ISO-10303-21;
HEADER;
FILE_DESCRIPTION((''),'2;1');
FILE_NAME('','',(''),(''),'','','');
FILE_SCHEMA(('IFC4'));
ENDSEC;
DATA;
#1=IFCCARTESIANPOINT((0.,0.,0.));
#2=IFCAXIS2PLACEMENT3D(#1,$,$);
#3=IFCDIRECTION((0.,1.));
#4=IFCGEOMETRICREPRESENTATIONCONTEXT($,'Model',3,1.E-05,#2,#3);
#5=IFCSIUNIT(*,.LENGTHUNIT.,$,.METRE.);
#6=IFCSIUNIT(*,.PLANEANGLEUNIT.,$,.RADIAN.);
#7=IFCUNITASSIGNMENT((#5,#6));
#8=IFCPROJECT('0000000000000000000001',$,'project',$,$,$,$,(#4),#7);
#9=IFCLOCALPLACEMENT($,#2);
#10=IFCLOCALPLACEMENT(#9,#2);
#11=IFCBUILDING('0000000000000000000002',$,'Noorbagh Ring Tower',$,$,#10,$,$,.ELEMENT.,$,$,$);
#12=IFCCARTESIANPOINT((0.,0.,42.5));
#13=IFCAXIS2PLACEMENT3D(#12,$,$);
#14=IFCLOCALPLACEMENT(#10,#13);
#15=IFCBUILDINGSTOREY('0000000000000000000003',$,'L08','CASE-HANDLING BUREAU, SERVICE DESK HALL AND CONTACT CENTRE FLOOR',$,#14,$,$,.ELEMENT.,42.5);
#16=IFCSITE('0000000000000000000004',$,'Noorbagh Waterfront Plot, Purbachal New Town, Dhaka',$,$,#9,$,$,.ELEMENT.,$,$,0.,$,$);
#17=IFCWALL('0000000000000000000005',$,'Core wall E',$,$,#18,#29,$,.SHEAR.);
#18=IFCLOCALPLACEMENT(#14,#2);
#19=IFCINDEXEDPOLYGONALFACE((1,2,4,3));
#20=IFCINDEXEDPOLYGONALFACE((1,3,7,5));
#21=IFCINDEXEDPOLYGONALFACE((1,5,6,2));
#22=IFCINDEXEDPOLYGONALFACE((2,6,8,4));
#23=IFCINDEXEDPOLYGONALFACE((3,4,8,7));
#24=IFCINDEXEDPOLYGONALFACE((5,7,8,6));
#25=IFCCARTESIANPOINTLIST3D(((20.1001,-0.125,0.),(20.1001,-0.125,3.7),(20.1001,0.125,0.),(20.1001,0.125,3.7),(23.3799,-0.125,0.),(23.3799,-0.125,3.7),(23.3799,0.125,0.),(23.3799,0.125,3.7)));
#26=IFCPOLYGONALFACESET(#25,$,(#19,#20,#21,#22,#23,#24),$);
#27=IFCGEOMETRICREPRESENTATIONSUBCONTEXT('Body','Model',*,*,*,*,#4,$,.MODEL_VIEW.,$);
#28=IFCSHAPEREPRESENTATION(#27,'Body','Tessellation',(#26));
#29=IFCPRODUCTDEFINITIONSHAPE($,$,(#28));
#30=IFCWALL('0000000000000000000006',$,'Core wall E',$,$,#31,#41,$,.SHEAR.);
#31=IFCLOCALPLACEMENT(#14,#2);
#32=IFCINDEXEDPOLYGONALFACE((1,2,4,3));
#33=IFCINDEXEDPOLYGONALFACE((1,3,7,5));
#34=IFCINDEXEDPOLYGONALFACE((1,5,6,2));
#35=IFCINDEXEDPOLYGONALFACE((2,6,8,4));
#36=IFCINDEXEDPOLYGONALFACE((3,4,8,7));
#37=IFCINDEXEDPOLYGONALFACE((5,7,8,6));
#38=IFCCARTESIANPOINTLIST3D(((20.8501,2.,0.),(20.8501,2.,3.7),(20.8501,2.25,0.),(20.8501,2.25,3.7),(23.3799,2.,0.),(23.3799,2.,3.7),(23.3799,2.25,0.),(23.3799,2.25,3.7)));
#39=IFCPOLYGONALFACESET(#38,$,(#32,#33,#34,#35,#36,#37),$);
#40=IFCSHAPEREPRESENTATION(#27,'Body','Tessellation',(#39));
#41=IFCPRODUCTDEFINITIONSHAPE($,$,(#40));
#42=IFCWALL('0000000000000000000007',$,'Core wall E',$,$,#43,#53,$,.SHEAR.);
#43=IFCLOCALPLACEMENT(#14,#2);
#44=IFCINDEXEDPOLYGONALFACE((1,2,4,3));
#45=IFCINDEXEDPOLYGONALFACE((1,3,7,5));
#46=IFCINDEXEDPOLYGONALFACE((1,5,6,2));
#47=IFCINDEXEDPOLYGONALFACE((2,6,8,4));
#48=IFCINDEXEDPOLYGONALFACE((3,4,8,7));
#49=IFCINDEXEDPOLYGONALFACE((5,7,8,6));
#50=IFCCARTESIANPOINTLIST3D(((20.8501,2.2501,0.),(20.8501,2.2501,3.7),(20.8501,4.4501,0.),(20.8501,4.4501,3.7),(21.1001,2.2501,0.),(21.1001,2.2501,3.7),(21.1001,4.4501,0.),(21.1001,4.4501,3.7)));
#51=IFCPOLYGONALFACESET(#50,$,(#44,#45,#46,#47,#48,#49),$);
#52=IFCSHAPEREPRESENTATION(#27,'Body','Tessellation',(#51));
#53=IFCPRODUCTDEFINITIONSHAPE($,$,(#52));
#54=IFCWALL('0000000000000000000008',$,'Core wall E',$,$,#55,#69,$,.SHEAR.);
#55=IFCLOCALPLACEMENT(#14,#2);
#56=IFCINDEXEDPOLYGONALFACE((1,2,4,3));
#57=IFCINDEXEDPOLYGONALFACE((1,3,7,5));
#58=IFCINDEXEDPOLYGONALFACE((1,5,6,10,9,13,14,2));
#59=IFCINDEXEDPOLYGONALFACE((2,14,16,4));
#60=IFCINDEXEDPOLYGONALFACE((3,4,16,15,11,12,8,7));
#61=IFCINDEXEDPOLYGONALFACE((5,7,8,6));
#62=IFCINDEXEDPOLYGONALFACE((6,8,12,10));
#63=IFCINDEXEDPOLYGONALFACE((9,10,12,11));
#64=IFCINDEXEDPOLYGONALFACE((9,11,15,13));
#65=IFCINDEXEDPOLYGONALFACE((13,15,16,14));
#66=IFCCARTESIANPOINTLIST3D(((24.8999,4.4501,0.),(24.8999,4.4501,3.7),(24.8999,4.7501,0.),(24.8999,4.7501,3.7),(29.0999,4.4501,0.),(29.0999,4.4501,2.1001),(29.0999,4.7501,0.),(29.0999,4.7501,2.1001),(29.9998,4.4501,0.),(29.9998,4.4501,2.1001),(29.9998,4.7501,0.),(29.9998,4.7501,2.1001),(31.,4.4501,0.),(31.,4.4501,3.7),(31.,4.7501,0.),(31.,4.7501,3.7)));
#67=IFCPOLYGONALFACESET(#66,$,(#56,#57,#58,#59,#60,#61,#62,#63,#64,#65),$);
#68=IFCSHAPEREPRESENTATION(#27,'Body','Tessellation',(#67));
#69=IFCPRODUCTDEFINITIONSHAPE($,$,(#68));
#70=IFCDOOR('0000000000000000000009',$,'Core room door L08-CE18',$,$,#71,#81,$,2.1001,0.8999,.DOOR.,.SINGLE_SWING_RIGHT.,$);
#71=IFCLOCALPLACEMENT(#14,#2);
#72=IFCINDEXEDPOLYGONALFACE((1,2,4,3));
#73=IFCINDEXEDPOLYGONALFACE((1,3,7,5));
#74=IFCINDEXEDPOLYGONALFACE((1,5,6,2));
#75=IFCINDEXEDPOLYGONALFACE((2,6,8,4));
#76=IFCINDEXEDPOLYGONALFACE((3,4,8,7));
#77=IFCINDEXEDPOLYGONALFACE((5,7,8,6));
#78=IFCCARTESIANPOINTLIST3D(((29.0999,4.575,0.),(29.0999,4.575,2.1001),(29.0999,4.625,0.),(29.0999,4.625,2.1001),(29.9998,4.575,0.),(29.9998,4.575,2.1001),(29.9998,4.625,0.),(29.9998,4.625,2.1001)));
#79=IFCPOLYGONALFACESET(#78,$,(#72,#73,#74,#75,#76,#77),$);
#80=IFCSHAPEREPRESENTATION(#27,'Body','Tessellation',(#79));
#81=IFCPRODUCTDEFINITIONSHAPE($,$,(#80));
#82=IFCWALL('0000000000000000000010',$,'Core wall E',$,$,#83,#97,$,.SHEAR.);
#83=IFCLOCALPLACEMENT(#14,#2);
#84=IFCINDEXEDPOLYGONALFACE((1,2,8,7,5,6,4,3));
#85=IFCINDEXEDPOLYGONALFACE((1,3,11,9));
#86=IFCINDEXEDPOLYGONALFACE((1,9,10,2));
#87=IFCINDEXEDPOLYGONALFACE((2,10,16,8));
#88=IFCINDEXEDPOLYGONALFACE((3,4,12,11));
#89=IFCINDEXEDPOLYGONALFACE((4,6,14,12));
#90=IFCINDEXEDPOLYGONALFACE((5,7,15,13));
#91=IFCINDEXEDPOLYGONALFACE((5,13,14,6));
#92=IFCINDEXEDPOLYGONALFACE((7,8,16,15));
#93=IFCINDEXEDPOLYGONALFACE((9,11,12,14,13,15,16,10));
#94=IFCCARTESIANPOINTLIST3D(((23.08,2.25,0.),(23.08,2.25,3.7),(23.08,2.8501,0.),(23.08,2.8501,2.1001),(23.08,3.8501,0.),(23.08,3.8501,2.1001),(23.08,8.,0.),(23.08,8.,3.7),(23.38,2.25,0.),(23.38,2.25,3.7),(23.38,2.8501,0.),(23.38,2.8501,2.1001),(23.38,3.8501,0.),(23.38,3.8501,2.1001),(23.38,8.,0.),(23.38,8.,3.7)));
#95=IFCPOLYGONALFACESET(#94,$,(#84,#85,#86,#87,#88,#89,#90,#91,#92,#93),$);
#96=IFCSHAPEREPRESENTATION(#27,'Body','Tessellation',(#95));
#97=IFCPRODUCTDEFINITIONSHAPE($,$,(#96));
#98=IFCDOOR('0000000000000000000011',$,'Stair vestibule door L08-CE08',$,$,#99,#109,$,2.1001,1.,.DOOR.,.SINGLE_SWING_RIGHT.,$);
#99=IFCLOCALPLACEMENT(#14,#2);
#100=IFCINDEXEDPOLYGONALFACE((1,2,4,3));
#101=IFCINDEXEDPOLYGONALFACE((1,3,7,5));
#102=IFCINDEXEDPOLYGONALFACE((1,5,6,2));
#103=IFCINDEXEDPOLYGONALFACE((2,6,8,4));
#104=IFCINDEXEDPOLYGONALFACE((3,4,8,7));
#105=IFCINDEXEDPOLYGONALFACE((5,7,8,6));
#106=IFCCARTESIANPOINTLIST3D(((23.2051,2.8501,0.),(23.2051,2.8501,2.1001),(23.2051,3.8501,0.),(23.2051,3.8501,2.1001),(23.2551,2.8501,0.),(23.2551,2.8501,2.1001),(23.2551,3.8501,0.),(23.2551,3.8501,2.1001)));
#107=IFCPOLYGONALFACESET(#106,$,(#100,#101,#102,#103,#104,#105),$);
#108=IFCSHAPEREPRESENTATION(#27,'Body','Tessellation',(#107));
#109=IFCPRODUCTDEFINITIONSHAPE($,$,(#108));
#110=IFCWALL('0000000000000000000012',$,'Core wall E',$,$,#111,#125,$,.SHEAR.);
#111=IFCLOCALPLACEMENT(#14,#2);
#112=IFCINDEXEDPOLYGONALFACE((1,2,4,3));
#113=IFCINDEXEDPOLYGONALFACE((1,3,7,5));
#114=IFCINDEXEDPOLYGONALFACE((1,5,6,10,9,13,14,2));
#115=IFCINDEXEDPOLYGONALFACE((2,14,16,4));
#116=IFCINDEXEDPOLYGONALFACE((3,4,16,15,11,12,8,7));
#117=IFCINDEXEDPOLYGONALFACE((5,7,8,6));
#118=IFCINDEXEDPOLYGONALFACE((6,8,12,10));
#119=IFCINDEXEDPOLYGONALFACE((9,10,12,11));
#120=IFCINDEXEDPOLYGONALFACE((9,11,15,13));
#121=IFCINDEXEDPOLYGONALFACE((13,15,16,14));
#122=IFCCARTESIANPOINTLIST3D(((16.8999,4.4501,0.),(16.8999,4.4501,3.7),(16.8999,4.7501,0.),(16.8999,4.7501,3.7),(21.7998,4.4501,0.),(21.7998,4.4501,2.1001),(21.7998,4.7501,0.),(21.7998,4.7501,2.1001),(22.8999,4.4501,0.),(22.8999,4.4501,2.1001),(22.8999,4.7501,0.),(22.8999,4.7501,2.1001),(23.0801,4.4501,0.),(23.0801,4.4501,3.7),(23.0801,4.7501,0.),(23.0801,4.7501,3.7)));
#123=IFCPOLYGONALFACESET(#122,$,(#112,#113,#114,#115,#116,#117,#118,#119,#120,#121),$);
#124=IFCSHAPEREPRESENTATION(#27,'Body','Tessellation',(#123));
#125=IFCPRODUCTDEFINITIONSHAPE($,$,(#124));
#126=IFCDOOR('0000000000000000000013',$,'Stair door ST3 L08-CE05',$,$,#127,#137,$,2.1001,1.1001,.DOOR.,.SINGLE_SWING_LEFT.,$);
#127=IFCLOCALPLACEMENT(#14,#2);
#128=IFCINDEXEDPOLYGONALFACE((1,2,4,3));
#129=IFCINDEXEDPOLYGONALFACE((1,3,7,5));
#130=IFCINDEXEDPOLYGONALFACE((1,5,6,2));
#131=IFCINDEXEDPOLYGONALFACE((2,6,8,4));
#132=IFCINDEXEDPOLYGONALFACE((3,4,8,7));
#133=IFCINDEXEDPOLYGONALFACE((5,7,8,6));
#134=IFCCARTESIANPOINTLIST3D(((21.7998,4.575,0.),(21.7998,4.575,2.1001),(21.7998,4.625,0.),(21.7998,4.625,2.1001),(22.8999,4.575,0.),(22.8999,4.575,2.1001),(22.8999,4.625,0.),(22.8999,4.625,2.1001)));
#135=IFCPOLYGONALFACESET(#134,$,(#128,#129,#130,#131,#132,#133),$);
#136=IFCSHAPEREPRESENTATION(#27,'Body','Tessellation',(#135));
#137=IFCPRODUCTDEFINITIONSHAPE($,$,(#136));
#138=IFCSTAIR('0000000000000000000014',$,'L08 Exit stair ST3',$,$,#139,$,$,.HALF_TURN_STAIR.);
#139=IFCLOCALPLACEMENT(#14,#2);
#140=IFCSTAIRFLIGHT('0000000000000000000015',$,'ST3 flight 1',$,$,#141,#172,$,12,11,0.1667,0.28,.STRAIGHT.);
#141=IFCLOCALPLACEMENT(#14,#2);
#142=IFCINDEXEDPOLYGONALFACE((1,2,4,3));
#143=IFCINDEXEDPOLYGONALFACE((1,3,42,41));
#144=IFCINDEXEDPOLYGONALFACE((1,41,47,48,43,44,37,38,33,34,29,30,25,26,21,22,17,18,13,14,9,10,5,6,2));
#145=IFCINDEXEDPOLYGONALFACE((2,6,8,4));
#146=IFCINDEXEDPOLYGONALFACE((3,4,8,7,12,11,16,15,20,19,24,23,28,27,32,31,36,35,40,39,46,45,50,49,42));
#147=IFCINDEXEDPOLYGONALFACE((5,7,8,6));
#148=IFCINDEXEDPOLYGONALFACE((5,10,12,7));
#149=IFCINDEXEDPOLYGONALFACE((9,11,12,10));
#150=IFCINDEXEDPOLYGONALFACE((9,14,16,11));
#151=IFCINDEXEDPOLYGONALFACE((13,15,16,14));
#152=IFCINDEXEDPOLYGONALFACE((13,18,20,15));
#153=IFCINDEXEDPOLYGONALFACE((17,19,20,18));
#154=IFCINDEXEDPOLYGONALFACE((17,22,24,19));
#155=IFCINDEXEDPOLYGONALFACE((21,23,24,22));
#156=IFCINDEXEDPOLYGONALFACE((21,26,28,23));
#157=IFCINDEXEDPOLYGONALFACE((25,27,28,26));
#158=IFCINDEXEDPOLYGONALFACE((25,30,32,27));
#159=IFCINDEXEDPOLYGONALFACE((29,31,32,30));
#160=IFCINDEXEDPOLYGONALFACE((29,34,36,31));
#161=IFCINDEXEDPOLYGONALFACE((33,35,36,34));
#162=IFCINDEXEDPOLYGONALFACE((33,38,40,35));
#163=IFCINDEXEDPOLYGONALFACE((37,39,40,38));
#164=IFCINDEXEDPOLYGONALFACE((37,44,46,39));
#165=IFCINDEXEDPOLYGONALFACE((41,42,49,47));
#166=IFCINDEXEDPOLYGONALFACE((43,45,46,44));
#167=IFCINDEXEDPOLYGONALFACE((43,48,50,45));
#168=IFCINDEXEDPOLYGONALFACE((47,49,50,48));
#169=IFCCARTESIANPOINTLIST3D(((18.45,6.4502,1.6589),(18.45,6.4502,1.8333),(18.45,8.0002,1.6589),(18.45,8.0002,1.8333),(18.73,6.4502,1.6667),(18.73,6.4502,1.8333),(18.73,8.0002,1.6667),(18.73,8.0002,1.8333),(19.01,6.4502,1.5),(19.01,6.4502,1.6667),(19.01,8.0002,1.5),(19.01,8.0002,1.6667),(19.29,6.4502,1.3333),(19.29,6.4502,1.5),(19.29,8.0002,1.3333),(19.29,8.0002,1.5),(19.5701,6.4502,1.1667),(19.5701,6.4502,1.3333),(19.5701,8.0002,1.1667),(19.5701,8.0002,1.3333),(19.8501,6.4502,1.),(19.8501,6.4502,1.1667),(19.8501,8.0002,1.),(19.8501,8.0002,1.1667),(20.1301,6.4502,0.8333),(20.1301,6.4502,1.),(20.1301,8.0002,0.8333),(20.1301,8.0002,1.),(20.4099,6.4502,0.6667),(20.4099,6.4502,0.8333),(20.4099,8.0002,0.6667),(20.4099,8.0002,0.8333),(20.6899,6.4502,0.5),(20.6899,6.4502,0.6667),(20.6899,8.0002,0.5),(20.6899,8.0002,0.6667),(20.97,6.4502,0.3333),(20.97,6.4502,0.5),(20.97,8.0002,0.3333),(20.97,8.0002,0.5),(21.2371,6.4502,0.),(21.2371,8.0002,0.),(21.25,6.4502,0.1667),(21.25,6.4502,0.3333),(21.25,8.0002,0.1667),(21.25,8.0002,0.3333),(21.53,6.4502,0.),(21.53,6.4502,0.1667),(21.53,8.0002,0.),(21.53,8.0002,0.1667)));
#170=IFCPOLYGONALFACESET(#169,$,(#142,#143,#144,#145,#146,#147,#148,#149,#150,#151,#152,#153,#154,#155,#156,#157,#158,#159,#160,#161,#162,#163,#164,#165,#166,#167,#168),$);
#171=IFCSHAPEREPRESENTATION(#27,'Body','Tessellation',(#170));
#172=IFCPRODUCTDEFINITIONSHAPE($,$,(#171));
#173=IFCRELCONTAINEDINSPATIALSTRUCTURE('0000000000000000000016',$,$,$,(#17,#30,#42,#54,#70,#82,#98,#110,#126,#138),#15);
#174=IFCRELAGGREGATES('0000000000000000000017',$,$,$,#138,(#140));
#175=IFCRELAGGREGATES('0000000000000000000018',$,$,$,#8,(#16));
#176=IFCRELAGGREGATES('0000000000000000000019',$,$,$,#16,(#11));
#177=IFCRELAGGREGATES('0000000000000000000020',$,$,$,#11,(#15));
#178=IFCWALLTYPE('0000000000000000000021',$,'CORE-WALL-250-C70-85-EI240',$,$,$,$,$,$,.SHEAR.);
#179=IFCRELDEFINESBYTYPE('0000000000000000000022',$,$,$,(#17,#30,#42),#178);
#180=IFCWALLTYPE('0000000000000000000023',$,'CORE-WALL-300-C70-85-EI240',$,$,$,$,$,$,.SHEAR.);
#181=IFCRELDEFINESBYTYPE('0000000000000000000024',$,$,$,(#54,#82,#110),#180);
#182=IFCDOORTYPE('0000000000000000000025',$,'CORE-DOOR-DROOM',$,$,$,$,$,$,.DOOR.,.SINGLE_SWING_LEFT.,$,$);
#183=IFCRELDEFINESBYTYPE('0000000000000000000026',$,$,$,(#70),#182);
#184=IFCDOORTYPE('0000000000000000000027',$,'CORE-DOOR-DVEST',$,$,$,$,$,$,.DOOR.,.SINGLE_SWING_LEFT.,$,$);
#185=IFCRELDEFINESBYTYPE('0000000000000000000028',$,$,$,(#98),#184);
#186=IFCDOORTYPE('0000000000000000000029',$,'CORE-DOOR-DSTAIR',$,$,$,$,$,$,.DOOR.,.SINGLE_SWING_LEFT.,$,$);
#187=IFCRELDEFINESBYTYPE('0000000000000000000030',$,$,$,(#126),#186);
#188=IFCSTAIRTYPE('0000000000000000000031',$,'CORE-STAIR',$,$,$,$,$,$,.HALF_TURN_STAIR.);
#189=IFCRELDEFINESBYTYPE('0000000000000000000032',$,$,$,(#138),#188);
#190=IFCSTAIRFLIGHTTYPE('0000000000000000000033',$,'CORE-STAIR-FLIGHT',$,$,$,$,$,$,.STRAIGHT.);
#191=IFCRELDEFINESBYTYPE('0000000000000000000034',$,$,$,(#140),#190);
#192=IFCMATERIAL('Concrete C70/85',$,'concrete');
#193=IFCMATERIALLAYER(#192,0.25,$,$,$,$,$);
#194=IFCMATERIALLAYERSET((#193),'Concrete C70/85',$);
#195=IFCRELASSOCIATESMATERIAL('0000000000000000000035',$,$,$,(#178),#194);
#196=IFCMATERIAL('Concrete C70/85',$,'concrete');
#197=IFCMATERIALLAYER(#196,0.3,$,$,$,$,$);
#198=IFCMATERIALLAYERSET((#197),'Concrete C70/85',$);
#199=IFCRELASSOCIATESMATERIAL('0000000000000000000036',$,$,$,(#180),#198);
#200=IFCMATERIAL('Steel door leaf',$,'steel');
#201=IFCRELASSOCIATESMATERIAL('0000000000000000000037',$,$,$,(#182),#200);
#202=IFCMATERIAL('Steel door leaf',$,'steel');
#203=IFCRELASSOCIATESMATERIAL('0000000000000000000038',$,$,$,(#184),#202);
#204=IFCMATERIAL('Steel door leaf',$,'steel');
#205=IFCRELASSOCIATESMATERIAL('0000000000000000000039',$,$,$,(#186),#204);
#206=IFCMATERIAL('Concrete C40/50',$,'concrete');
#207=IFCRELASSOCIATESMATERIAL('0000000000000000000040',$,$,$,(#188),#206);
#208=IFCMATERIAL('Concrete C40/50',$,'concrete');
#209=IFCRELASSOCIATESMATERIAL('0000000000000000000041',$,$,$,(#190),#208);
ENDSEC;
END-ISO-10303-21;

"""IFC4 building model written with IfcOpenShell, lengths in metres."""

from ifc_helpers import new_model, si_unit, direction, frame, frame_2d, origin, place, context, subcontext, project, spatial, polyline, rectangle, outline, extrude, material, layer, layer_set, type_object, element, fill, aggregate, save


model = new_model("IFC4")

# Units and contexts
model_context = context("Model", 3, precision=1e-05, world=origin(), true_north=direction((0.0, 1.0)))
body_context = subcontext(model_context, "Body", "Model", "MODEL_VIEW")
ifc_project = project(units=[si_unit("LENGTHUNIT", "METRE"), si_unit("PLANEANGLEUNIT", "RADIAN")], contexts=[model_context])

# Site, building, storey
site_placement = place(None, origin())
site = spatial("IfcSite", under=ifc_project, at=site_placement, Name="Noorbagh Waterfront Plot, Purbachal New Town, Dhaka", CompositionType="ELEMENT", RefElevation=0.0)
building_placement = place(site_placement, origin())
building = spatial("IfcBuilding", under=site, at=building_placement, Name="Noorbagh Ring Tower", CompositionType="ELEMENT")
storey_placement = place(building_placement, frame((0.0, 0.0, 42.5)))
storey = spatial("IfcBuildingStorey", under=building, at=storey_placement, Name="L08", Description="CASE-HANDLING BUREAU, SERVICE DESK HALL AND CONTACT CENTRE FLOOR", CompositionType="ELEMENT", Elevation=42.5)

# Walls
ifc_material_1 = material(Name="Concrete C70/85", Category="concrete")
ifc_layer_1 = layer(ifc_material_1, 0.25)
ifc_layer_set_1 = layer_set([ifc_layer_1], Name="Concrete C70/85")
wall_type_1 = type_object("IfcWallType", Name="CORE-WALL-250-C70-85-EI240", PredefinedType="SHEAR", material=ifc_layer_set_1)
wall_1_placement = place(storey_placement, frame((20.1001, 0.0, 0.0), z_axis=(0.0, 0.0, 1.0), x_axis=(1.0, 0.0, 0.0)))
element("IfcWall", 1, at=wall_1_placement, inside=storey, type_object=wall_type_1, Name="Core wall E", PredefinedType="SHEAR", context=body_context, shape_type="SweptSolid", body=[
    extrude(rectangle(XDim=3.2798, YDim=0.25, at=frame_2d((1.6399, 0.0))), origin(), (0.0, 0.0, 1.0), 3.7),
])
wall_2_placement = place(storey_placement, frame((20.8501, 2.125, 0.0), z_axis=(0.0, 0.0, 1.0), x_axis=(1.0, 0.0, 0.0)))
element("IfcWall", 2, at=wall_2_placement, inside=storey, type_object=wall_type_1, Name="Core wall E", PredefinedType="SHEAR", context=body_context, shape_type="SweptSolid", body=[
    extrude(rectangle(XDim=2.5298, YDim=0.25, at=frame_2d((1.2649, 0.0))), origin(), (0.0, 0.0, 1.0), 3.7),
])
wall_3_placement = place(storey_placement, frame((20.9751, 2.25, 0.0), z_axis=(0.0, 0.0, 1.0), x_axis=(0.0, 1.0, 0.0)))
element("IfcWall", 3, at=wall_3_placement, inside=storey, type_object=wall_type_1, Name="Core wall E", PredefinedType="SHEAR", context=body_context, shape_type="SweptSolid", body=[
    extrude(rectangle(XDim=2.2, YDim=0.25, at=frame_2d((1.1001, 0.0))), origin(), (0.0, 0.0, 1.0), 3.7),
])

# Walls, openings, doors
ifc_material_2 = material(Name="Concrete C70/85", Category="concrete")
ifc_layer_2 = layer(ifc_material_2, 0.3)
ifc_layer_set_2 = layer_set([ifc_layer_2], Name="Concrete C70/85")
wall_type_2 = type_object("IfcWallType", Name="CORE-WALL-300-C70-85-EI240", PredefinedType="SHEAR", material=ifc_layer_set_2)
wall_4_placement = place(storey_placement, frame((24.8999, 4.6001, 0.0), z_axis=(0.0, 0.0, 1.0), x_axis=(1.0, 0.0, 0.0)))
wall_4 = element("IfcWall", 4, at=wall_4_placement, inside=storey, type_object=wall_type_2, Name="Core wall E", PredefinedType="SHEAR", context=body_context, shape_type="SweptSolid", body=[
    extrude(rectangle(XDim=6.1001, YDim=0.3, at=frame_2d((3.05, 0.0))), origin(), (0.0, 0.0, 1.0), 3.7),
])
opening_1_placement = place(wall_4_placement, frame((4.2, 0.0, 0.0)))
opening_1 = element("IfcOpeningElement", 5, at=opening_1_placement, cuts=wall_4, PredefinedType="OPENING", context=body_context, shape_type="SweptSolid", body=[
    extrude(rectangle(XDim=0.8999, YDim=2.1001, at=frame_2d((0.45, 1.05))), frame((0.0, 0.1602, 0.0), z_axis=(0.0, -1.0, 0.0), x_axis=(1.0, 0.0, 0.0)), (0.0, 0.0, 1.0), 0.3201),
])
ifc_material_3 = material(Name="Steel door leaf", Category="steel")
door_type_1 = type_object("IfcDoorType", Name="CORE-DOOR-DROOM", OperationType="SINGLE_SWING_LEFT", PredefinedType="DOOR", material=ifc_material_3)
door_1_placement = place(opening_1_placement, origin())
door_1 = element("IfcDoor", 6, at=door_1_placement, inside=storey, type_object=door_type_1, Name="Core room door L08-CE18", OperationType="SINGLE_SWING_RIGHT", OverallHeight=2.1001, OverallWidth=0.8999, PredefinedType="DOOR", context=body_context, shape_type="SweptSolid", body=[
    extrude(rectangle(XDim=0.8999, YDim=2.1001, at=frame_2d((0.45, 1.05))), frame((0.0, 0.0249, 0.0), z_axis=(0.0, -1.0, 0.0), x_axis=(1.0, 0.0, 0.0)), (0.0, 0.0, 1.0), 0.05),
])
fill(opening_1, door_1)
wall_5_placement = place(storey_placement, frame((23.23, 2.25, 0.0), z_axis=(0.0, 0.0, 1.0), x_axis=(0.0, 1.0, 0.0)))
wall_5 = element("IfcWall", 7, at=wall_5_placement, inside=storey, type_object=wall_type_2, Name="Core wall E", PredefinedType="SHEAR", context=body_context, shape_type="SweptSolid", body=[
    extrude(rectangle(XDim=5.75, YDim=0.3, at=frame_2d((2.875, 0.0))), origin(), (0.0, 0.0, 1.0), 3.7),
])
opening_2_placement = place(wall_5_placement, frame((0.6001, 0.0, 0.0)))
opening_2 = element("IfcOpeningElement", 8, at=opening_2_placement, cuts=wall_5, PredefinedType="OPENING", context=body_context, shape_type="SweptSolid", body=[
    extrude(rectangle(XDim=1.0, YDim=2.1001, at=frame_2d((0.5, 1.05))), frame((0.0, 0.1602, 0.0), z_axis=(0.0, -1.0, 0.0), x_axis=(1.0, 0.0, 0.0)), (0.0, 0.0, 1.0), 0.3201),
])
ifc_material_4 = material(Name="Steel door leaf", Category="steel")
door_type_2 = type_object("IfcDoorType", Name="CORE-DOOR-DVEST", OperationType="SINGLE_SWING_LEFT", PredefinedType="DOOR", material=ifc_material_4)
door_2_placement = place(opening_2_placement, origin())
door_2 = element("IfcDoor", 9, at=door_2_placement, inside=storey, type_object=door_type_2, Name="Stair vestibule door L08-CE08", OperationType="SINGLE_SWING_RIGHT", OverallHeight=2.1001, OverallWidth=1.0, PredefinedType="DOOR", context=body_context, shape_type="SweptSolid", body=[
    extrude(rectangle(XDim=1.0, YDim=2.1001, at=frame_2d((0.5, 1.05))), frame((0.0, 0.0249, 0.0), z_axis=(0.0, -1.0, 0.0), x_axis=(1.0, 0.0, 0.0)), (0.0, 0.0, 1.0), 0.05),
])
fill(opening_2, door_2)
wall_6_placement = place(storey_placement, frame((16.8999, 4.6001, 0.0), z_axis=(0.0, 0.0, 1.0), x_axis=(1.0, 0.0, 0.0)))
wall_6 = element("IfcWall", 10, at=wall_6_placement, inside=storey, type_object=wall_type_2, Name="Core wall E", PredefinedType="SHEAR", context=body_context, shape_type="SweptSolid", body=[
    extrude(rectangle(XDim=6.1802, YDim=0.3, at=frame_2d((3.0901, 0.0))), origin(), (0.0, 0.0, 1.0), 3.7),
])
opening_3_placement = place(wall_6_placement, frame((4.8999, 0.0, 0.0)))
opening_3 = element("IfcOpeningElement", 11, at=opening_3_placement, cuts=wall_6, PredefinedType="OPENING", context=body_context, shape_type="SweptSolid", body=[
    extrude(rectangle(XDim=1.1001, YDim=2.1001, at=frame_2d((0.55, 1.05))), frame((0.0, 0.1602, 0.0), z_axis=(0.0, -1.0, 0.0), x_axis=(1.0, 0.0, 0.0)), (0.0, 0.0, 1.0), 0.3201),
])
ifc_material_5 = material(Name="Steel door leaf", Category="steel")
door_type_3 = type_object("IfcDoorType", Name="CORE-DOOR-DSTAIR", OperationType="SINGLE_SWING_LEFT", PredefinedType="DOOR", material=ifc_material_5)
door_3_placement = place(opening_3_placement, origin())
door_3 = element("IfcDoor", 12, at=door_3_placement, inside=storey, type_object=door_type_3, Name="Stair door ST3 L08-CE05", OperationType="SINGLE_SWING_LEFT", OverallHeight=2.1001, OverallWidth=1.1001, PredefinedType="DOOR", context=body_context, shape_type="SweptSolid", body=[
    extrude(rectangle(XDim=1.1001, YDim=2.1001, at=frame_2d((0.55, 1.05))), frame((0.0, 0.0249, 0.0), z_axis=(0.0, -1.0, 0.0), x_axis=(1.0, 0.0, 0.0)), (0.0, 0.0, 1.0), 0.05),
])
fill(opening_3, door_3)

# Stair, stair flight
ifc_material_6 = material(Name="Concrete C40/50", Category="concrete")
stair_type = type_object("IfcStairType", Name="CORE-STAIR", PredefinedType="HALF_TURN_STAIR", material=ifc_material_6)
stair_placement = place(storey_placement, origin())
stair = element("IfcStair", 13, at=stair_placement, inside=storey, type_object=stair_type, Name="L08 Exit stair ST3", PredefinedType="HALF_TURN_STAIR")
ifc_material_7 = material(Name="Concrete C40/50", Category="concrete")
stair_flight_type = type_object("IfcStairFlightType", Name="CORE-STAIR-FLIGHT", PredefinedType="STRAIGHT", material=ifc_material_7)
stair_flight_1_placement = place(storey_placement, frame((21.53, 7.2251, 0.0), z_axis=(0.0, 0.0, 1.0), x_axis=(-1.0, 0.0, 0.0)))
stair_flight_1 = element("IfcStairFlight", 14, at=stair_flight_1_placement, type_object=stair_flight_type, Name="ST3 flight 1", NumberOfRisers=12, NumberOfTreads=11, PredefinedType="STRAIGHT", RiserHeight=0.1667, TreadLength=0.28, context=body_context, shape_type="SweptSolid", body=[
    extrude(outline(polyline([(0.0, 0.0), (0.0, 0.1667), (0.28, 0.1667), (0.28, 0.3333), (0.5601, 0.3333), (0.5601, 0.5), (0.8401, 0.5), (0.8401, 0.6667), (1.1201, 0.6667), (1.1201, 0.8333), (1.3999, 0.8333), (1.3999, 1.0), (1.6799, 1.0), (1.6799, 1.1667), (1.96, 1.1667), (1.96, 1.3333), (2.24, 1.3333), (2.24, 1.5), (2.52, 1.5), (2.52, 1.6667), (2.8, 1.6667), (2.8, 1.8333), (3.0801, 1.8333), (3.0801, 2.0), (3.0801, 1.6589), (0.293, 0.0), (0.0, 0.0)])), frame((0.0, 0.7749, 0.0), z_axis=(0.0, -1.0, 0.0), x_axis=(1.0, 0.0, 0.0)), (0.0, 0.0, 1.0), 1.55),
])
aggregate(stair, [stair_flight_1])

save(model, "model.ifc")
